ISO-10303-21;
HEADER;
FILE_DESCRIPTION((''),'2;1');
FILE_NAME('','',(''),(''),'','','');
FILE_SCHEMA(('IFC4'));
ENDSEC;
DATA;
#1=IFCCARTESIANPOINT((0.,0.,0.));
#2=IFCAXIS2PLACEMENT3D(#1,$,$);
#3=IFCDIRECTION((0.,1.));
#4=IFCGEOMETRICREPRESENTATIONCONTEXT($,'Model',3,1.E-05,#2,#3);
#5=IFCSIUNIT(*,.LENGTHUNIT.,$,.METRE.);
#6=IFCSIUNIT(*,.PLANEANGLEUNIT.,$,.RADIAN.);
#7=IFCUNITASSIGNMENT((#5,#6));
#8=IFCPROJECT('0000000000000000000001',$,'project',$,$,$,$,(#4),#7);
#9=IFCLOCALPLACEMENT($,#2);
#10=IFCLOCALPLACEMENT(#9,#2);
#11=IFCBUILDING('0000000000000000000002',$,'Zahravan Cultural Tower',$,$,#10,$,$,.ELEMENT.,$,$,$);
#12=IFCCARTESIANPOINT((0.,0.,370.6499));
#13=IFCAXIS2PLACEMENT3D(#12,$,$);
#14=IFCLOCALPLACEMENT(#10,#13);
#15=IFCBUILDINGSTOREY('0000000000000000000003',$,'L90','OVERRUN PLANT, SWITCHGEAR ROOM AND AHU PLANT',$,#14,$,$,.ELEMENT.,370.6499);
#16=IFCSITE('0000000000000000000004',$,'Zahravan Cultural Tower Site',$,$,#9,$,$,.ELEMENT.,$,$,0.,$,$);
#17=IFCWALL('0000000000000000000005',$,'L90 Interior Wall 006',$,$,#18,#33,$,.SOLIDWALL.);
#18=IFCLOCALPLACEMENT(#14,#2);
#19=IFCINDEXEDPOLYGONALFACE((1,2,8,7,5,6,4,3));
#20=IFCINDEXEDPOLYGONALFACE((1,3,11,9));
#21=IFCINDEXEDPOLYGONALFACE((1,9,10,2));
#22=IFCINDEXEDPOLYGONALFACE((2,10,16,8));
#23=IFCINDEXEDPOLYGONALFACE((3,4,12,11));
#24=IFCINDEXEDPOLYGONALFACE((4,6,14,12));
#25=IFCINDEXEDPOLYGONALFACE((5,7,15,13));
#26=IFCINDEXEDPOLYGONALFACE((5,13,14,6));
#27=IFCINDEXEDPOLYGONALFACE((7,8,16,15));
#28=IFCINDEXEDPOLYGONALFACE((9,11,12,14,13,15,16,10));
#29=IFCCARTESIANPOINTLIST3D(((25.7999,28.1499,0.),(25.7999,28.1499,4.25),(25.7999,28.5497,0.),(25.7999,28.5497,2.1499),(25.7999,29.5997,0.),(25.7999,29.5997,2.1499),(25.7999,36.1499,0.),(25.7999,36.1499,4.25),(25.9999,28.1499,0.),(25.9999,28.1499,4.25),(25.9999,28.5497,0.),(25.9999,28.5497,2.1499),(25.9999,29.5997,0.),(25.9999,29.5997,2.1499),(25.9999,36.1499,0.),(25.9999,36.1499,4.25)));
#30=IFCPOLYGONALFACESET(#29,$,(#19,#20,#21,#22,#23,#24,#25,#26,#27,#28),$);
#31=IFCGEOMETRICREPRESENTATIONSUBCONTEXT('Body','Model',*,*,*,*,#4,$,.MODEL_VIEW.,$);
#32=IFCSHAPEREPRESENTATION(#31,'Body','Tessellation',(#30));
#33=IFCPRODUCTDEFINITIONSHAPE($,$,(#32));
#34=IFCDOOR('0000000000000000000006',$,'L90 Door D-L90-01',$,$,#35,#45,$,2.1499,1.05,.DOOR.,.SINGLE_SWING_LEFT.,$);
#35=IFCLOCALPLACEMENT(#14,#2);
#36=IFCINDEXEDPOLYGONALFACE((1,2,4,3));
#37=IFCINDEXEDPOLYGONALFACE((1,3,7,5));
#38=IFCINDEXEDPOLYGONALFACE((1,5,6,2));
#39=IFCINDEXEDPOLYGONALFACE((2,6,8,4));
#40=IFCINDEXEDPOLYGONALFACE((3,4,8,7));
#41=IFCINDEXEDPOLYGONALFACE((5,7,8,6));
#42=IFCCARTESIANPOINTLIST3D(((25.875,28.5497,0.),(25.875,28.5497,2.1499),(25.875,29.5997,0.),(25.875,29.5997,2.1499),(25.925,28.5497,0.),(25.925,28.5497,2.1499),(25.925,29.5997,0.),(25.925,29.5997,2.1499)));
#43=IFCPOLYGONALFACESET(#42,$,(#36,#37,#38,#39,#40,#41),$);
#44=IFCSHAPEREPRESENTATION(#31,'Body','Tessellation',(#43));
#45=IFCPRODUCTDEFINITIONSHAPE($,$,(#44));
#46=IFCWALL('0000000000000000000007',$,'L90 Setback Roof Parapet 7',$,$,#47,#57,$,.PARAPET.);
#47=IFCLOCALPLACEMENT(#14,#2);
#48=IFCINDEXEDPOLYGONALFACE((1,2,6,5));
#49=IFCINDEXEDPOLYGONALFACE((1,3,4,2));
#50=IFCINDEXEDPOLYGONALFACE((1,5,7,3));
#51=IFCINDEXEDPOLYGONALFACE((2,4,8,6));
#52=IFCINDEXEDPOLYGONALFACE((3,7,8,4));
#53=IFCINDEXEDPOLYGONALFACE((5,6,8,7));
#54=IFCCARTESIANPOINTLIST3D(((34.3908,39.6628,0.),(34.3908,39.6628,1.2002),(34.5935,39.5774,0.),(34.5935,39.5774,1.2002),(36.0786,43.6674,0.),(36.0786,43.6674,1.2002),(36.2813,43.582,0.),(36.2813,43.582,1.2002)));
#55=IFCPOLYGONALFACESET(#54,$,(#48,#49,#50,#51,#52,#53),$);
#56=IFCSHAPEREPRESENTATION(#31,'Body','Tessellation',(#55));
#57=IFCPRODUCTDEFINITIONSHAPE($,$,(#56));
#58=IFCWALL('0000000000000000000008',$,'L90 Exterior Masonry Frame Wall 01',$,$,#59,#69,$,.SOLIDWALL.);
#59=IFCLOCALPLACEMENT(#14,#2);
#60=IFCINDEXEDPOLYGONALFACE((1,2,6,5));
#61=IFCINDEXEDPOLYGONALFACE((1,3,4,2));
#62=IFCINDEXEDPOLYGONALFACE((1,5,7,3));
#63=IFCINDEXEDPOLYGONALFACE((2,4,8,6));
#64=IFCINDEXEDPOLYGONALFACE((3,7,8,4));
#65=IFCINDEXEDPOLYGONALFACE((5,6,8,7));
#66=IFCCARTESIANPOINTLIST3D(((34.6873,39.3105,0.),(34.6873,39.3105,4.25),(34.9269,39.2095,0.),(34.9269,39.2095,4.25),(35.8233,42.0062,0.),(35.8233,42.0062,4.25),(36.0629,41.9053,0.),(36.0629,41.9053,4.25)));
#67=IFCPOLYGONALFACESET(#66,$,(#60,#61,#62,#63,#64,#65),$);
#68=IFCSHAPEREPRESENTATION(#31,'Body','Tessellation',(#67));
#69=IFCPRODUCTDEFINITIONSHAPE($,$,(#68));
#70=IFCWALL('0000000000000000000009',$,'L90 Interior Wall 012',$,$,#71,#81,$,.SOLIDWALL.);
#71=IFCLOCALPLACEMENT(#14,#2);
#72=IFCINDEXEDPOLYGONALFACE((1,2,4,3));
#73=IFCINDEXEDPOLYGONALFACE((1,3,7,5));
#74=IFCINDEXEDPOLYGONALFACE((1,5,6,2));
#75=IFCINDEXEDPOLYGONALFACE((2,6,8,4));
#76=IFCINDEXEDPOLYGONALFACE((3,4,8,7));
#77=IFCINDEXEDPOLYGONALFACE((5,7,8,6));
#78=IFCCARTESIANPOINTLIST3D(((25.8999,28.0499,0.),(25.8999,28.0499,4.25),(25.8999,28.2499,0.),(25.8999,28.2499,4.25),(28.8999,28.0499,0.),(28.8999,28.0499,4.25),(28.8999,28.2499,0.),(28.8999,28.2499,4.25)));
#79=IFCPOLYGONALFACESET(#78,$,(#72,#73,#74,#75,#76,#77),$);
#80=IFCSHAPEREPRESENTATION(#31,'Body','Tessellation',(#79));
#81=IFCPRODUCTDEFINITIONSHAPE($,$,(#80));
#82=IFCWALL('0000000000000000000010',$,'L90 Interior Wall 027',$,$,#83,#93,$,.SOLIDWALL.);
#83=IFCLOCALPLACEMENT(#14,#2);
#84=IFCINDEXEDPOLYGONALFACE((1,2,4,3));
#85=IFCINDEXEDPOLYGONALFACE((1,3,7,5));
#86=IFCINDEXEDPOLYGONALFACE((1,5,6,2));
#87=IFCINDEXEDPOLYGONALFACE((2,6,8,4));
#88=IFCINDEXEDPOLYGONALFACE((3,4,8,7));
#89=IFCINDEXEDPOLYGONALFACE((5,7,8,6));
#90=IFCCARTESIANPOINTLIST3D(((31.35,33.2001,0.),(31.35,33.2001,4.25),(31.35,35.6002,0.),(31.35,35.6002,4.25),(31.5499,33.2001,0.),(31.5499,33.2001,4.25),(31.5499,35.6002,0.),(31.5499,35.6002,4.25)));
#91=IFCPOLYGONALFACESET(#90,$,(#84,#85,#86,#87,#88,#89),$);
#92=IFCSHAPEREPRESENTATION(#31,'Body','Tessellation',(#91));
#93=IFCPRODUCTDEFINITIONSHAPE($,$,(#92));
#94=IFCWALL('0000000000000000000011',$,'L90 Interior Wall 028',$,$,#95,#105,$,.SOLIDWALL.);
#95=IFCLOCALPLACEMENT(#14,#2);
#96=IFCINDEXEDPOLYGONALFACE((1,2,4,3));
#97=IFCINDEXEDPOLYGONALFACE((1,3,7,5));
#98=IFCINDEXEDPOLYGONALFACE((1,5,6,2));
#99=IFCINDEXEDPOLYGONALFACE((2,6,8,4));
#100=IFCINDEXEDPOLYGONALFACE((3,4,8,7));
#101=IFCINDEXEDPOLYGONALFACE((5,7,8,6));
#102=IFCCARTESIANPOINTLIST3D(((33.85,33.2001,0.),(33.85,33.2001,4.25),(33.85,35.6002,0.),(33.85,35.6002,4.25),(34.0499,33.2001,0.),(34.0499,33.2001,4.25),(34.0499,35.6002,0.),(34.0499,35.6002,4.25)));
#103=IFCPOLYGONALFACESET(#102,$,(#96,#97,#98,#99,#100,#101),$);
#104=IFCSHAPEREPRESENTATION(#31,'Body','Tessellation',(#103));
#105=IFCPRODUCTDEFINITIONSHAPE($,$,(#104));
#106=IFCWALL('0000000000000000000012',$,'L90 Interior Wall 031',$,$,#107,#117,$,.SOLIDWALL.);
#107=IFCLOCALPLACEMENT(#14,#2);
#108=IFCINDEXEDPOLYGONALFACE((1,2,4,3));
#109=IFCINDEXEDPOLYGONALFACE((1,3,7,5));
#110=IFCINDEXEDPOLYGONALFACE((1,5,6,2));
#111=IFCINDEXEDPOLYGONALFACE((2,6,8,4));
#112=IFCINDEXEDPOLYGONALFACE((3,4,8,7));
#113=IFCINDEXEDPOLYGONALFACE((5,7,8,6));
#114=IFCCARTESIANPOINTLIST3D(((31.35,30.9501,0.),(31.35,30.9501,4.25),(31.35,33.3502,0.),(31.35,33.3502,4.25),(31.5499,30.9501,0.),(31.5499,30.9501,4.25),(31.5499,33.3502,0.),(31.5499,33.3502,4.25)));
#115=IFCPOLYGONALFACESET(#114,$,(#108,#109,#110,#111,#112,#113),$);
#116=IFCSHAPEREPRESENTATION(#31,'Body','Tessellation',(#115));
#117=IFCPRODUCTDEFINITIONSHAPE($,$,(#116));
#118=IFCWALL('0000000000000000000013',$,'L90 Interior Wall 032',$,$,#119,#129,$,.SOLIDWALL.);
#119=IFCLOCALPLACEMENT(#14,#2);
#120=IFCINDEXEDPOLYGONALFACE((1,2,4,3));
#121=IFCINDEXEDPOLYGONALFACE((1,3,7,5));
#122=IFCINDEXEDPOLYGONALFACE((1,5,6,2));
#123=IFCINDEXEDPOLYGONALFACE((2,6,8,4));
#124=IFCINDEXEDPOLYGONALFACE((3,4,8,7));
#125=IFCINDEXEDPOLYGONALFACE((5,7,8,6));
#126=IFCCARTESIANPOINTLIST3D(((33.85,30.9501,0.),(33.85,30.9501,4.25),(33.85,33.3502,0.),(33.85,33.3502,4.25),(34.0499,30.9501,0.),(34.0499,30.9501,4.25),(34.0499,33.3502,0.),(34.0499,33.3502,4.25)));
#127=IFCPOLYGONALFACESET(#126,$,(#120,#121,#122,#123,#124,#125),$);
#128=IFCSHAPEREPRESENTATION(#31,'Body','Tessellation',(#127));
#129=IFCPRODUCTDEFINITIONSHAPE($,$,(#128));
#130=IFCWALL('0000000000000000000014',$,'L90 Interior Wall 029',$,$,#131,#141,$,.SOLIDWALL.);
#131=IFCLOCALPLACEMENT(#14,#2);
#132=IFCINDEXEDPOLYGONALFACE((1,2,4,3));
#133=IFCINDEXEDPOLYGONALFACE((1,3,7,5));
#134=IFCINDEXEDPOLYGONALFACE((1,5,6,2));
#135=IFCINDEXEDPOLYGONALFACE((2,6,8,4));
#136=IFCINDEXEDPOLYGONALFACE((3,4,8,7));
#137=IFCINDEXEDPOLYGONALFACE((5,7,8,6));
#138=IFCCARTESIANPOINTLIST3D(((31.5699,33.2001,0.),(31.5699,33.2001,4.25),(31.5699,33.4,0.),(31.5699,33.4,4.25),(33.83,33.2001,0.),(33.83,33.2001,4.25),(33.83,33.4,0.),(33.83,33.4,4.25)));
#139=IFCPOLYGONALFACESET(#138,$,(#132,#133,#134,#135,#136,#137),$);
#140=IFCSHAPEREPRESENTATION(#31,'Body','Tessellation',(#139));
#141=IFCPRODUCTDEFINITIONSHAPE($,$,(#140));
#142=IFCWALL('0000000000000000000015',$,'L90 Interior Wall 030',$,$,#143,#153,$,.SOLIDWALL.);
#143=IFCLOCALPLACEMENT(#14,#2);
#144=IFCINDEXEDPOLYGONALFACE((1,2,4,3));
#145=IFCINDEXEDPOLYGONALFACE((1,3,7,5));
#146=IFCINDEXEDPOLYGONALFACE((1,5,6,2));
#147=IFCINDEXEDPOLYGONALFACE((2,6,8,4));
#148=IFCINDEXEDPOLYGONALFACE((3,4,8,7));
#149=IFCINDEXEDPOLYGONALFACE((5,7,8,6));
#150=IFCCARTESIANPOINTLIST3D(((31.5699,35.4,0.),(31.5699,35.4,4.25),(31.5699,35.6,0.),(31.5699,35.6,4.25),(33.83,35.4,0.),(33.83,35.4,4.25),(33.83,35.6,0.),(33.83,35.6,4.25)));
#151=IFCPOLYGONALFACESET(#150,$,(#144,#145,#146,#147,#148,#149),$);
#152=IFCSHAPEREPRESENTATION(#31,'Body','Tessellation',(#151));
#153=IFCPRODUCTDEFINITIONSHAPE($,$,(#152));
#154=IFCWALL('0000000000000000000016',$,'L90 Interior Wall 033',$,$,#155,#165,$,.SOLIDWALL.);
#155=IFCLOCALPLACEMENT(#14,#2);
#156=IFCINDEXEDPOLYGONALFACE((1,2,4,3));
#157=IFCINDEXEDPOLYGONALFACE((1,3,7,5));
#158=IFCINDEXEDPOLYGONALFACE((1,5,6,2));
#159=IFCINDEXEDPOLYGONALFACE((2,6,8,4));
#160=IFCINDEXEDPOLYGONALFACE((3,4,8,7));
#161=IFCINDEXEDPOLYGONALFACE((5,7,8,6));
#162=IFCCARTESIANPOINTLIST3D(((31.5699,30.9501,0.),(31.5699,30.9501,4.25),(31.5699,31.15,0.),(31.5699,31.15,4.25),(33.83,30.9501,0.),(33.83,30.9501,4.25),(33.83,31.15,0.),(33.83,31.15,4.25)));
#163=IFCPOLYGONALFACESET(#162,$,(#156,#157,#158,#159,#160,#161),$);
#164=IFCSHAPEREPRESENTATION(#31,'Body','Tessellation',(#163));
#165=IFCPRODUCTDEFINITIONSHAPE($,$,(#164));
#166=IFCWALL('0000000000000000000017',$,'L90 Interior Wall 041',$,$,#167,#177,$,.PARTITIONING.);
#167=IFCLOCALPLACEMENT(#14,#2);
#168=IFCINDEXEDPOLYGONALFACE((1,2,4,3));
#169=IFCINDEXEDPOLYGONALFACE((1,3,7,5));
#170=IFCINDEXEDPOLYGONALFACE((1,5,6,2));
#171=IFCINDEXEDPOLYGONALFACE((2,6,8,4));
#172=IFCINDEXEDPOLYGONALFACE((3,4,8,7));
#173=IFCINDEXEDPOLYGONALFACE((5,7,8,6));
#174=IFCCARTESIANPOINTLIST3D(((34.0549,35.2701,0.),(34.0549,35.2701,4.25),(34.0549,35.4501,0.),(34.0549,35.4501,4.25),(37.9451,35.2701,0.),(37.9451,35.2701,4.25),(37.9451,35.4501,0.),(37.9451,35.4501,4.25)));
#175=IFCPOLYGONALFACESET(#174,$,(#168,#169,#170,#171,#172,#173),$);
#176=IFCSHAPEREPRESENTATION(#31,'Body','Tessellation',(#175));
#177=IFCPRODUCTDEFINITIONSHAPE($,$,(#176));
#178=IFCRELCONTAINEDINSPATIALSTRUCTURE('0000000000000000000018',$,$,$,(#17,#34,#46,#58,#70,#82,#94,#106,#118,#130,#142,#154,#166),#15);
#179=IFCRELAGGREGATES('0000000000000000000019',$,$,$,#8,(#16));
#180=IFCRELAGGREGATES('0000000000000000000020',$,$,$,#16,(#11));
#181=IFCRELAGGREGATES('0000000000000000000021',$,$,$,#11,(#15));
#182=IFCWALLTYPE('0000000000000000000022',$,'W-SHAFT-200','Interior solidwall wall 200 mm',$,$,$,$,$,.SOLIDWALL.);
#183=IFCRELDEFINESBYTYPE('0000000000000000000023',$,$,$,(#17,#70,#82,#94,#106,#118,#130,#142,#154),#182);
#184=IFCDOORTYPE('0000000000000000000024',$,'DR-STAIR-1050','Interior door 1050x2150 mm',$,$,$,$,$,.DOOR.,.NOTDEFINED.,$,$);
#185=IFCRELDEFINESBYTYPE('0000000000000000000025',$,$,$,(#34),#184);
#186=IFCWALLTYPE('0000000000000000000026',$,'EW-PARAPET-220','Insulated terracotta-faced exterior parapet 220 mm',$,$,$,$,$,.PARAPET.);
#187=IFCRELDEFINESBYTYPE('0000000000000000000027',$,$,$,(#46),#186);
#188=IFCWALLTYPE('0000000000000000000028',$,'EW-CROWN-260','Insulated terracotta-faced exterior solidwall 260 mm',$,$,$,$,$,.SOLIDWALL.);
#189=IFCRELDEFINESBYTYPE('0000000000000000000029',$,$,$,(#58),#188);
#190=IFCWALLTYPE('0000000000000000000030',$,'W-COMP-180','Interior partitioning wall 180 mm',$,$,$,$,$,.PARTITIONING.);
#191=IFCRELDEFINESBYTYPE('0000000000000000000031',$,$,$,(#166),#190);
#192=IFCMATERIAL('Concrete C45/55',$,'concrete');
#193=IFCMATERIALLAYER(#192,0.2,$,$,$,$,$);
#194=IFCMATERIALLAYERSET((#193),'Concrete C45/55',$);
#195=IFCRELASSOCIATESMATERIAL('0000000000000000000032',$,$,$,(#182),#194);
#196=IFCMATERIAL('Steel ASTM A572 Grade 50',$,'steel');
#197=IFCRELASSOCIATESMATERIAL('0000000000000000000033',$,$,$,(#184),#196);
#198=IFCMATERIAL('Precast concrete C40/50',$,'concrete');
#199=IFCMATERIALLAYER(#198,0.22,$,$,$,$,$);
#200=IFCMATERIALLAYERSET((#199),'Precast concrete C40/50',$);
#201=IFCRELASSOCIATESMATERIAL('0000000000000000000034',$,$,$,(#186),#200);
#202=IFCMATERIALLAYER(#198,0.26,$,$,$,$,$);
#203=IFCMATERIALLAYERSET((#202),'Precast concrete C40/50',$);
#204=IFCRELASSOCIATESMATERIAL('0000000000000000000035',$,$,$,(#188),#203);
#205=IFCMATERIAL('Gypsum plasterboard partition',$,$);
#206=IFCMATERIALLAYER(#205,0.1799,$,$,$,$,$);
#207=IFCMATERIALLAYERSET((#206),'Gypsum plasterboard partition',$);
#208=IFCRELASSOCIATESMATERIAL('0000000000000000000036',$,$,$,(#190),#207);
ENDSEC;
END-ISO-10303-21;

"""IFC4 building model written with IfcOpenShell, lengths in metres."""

from ifc_helpers import new_model, si_unit, direction, frame, frame_2d, origin, place, context, subcontext, project, spatial, rectangle, extrude, source, transform, mapped, material, layer, layer_set, type_object, element, fill, save


model = new_model("IFC4")

# Units and contexts
model_context = context("Model", 3, precision=1e-05, world=origin(), true_north=direction((0.0, 1.0)))
body_context = subcontext(model_context, "Body", "Model", "MODEL_VIEW")
ifc_project = project(units=[si_unit("LENGTHUNIT", "METRE"), si_unit("PLANEANGLEUNIT", "RADIAN")], contexts=[model_context])

# Site, building, storey
site_placement = place(None, origin())
site = spatial("IfcSite", under=ifc_project, at=site_placement, Name="Zahravan Cultural Tower Site", CompositionType="ELEMENT", RefElevation=0.0)
building_placement = place(site_placement, origin())
building = spatial("IfcBuilding", under=site, at=building_placement, Name="Zahravan Cultural Tower", CompositionType="ELEMENT")
storey_placement = place(building_placement, frame((0.0, 0.0, 370.6499)))
storey = spatial("IfcBuildingStorey", under=building, at=storey_placement, Name="L90", Description="OVERRUN PLANT, SWITCHGEAR ROOM AND AHU PLANT", CompositionType="ELEMENT", Elevation=370.6499)

# Shared definitions
ifc_material_1 = material(Name="Concrete C45/55", Category="concrete")

# Wall, opening, door
ifc_material_2 = material(Name="Steel ASTM A572 Grade 50", Category="steel")
ifc_layer_1 = layer(ifc_material_1, 0.2)
ifc_layer_set_1 = layer_set([ifc_layer_1], Name="Concrete C45/55")
wall_type_1 = type_object("IfcWallType", Name="W-SHAFT-200", Description="Interior solidwall wall 200 mm", PredefinedType="SOLIDWALL", material=ifc_layer_set_1)
wall_1_placement = place(storey_placement, frame((25.8999, 28.1499, 0.0), z_axis=(0.0, 0.0, 1.0), x_axis=(0.0, 1.0, 0.0)))
wall_1 = element("IfcWall", 1, at=wall_1_placement, inside=storey, type_object=wall_type_1, Name="L90 Interior Wall 006", PredefinedType="SOLIDWALL", context=body_context, shape_type="SweptSolid", body=[
    extrude(rectangle(XDim=8.0, YDim=0.2, at=frame_2d((4.0, 0.0))), origin(), (0.0, 0.0, 1.0), 4.25),
])
opening_1_placement = place(wall_1_placement, frame((0.3999, 0.0, 0.0)))
opening_1 = element("IfcOpeningElement", 2, at=opening_1_placement, cuts=wall_1, PredefinedType="OPENING", context=body_context, shape_type="SweptSolid", body=[
    extrude(rectangle(XDim=1.05, YDim=2.1499, at=frame_2d((0.5249, 1.075))), frame((0.0, 0.1099, 0.0), z_axis=(0.0, -1.0, 0.0), x_axis=(1.0, 0.0, 0.0)), (0.0, 0.0, 1.0), 0.22),
])
door_type_1 = type_object("IfcDoorType", Name="DR-STAIR-1050", Description="Interior door 1050x2150 mm", OperationType="NOTDEFINED", PredefinedType="DOOR", material=ifc_material_2)
shared_shape_1 = source(origin(), body_context, "Body", "SweptSolid", [
    extrude(rectangle(XDim=1.05, YDim=2.1499, at=frame_2d((0.5249, 1.075))), frame((0.0, 0.0249, 0.0), z_axis=(0.0, -1.0, 0.0), x_axis=(1.0, 0.0, 0.0)), (0.0, 0.0, 1.0), 0.05),
])
door_1_placement = place(opening_1_placement, origin())
door_1 = element("IfcDoor", 3, at=door_1_placement, inside=storey, type_object=door_type_1, Name="L90 Door D-L90-01", OperationType="SINGLE_SWING_LEFT", OverallHeight=2.1499, OverallWidth=1.05, PredefinedType="DOOR", context=body_context, shape_type="MappedRepresentation", body=[
    mapped(shared_shape_1, transform((0.0, 0.0, 0.0), x_axis=(1.0, 0.0, 0.0), y_axis=(0.0, 1.0, 0.0), z_axis=(0.0, 0.0, 1.0), scale=1.0)),
])
fill(opening_1, door_1)

# Walls
ifc_material_3 = material(Name="Precast concrete C40/50", Category="concrete")
ifc_layer_2 = layer(ifc_material_3, 0.22)
ifc_layer_set_2 = layer_set([ifc_layer_2], Name="Precast concrete C40/50")
wall_type_2 = type_object("IfcWallType", Name="EW-PARAPET-220", Description="Insulated terracotta-faced exterior parapet 220 mm", PredefinedType="PARAPET", material=ifc_layer_set_2)
shared_shape_2 = source(origin(), body_context, "Body", "SweptSolid", [
    extrude(rectangle(XDim=4.3457, YDim=0.22, at=frame_2d((2.1729, 0.0))), origin(), (0.0, 0.0, 1.0), 1.2002),
])
wall_2_placement = place(storey_placement, frame((34.4922, 39.6201, 0.0), z_axis=(0.0, 0.0, 1.0), x_axis=(0.388366, 0.921505, 0.0)))
element("IfcWall", 4, at=wall_2_placement, inside=storey, type_object=wall_type_2, Name="L90 Setback Roof Parapet 7", PredefinedType="PARAPET", context=body_context, shape_type="MappedRepresentation", body=[
    mapped(shared_shape_2, transform((0.0, 0.0, 0.0), x_axis=(1.0, 0.0, 0.0), y_axis=(0.0, 1.0, 0.0), z_axis=(0.0, 0.0, 1.0), scale=1.0)),
])
ifc_layer_3 = layer(ifc_material_3, 0.26)
ifc_layer_set_3 = layer_set([ifc_layer_3], Name="Precast concrete C40/50")
wall_type_3 = type_object("IfcWallType", Name="EW-CROWN-260", Description="Insulated terracotta-faced exterior solidwall 260 mm", PredefinedType="SOLIDWALL", material=ifc_layer_set_3)
shared_shape_3 = source(origin(), body_context, "Body", "SweptSolid", [
    extrude(rectangle(XDim=2.9253, YDim=0.26, at=frame_2d((1.4626, 0.0))), origin(), (0.0, 0.0, 1.0), 4.25),
])
wall_3_placement = place(storey_placement, frame((34.8071, 39.26, 0.0), z_axis=(0.0, 0.0, 1.0), x_axis=(0.388322, 0.921524, 0.0)))
element("IfcWall", 5, at=wall_3_placement, inside=storey, type_object=wall_type_3, Name="L90 Exterior Masonry Frame Wall 01", PredefinedType="SOLIDWALL", context=body_context, shape_type="MappedRepresentation", body=[
    mapped(shared_shape_3, transform((0.0, 0.0, 0.0), x_axis=(1.0, 0.0, 0.0), y_axis=(0.0, 1.0, 0.0), z_axis=(0.0, 0.0, 1.0), scale=1.0)),
])
shared_shape_4 = source(origin(), body_context, "Body", "SweptSolid", [
    extrude(rectangle(XDim=3.0, YDim=0.2, at=frame_2d((1.5, 0.0))), origin(), (0.0, 0.0, 1.0), 4.25),
])
wall_4_placement = place(storey_placement, frame((25.8999, 28.1499, 0.0), z_axis=(0.0, 0.0, 1.0), x_axis=(1.0, 0.0, 0.0)))
element("IfcWall", 6, at=wall_4_placement, inside=storey, type_object=wall_type_1, Name="L90 Interior Wall 012", PredefinedType="SOLIDWALL", context=body_context, shape_type="MappedRepresentation", body=[
    mapped(shared_shape_4, transform((0.0, 0.0, 0.0), x_axis=(1.0, 0.0, 0.0), y_axis=(0.0, 1.0, 0.0), z_axis=(0.0, 0.0, 1.0), scale=1.0)),
])
shared_shape_5 = source(origin(), body_context, "Body", "SweptSolid", [
    extrude(rectangle(XDim=2.4001, YDim=0.2, at=frame_2d((1.2002, 0.0))), origin(), (0.0, 0.0, 1.0), 4.25),
])
for number, where, z_axis, x_axis, name in (
    (7, (31.45, 33.2, 0.0), (0.0, 0.0, 1.0), (0.0, 1.0, 0.0), "L90 Interior Wall 027"),
    (8, (33.95, 33.2, 0.0), (0.0, 0.0, 1.0), (0.0, 1.0, 0.0), "L90 Interior Wall 028"),
    (9, (31.45, 30.95, 0.0), (0.0, 0.0, 1.0), (0.0, 1.0, 0.0), "L90 Interior Wall 031"),
    (10, (33.95, 30.95, 0.0), (0.0, 0.0, 1.0), (0.0, 1.0, 0.0), "L90 Interior Wall 032"),
):
    element("IfcWall", number, at=place(storey_placement, frame(where, z_axis=z_axis, x_axis=x_axis)), inside=storey, type_object=wall_type_1, Name=name, PredefinedType="SOLIDWALL", context=body_context, shape_type="MappedRepresentation", body=[
        mapped(shared_shape_5, transform((0.0, 0.0, 0.0), x_axis=(1.0, 0.0, 0.0), y_axis=(0.0, 1.0, 0.0), z_axis=(0.0, 0.0, 1.0), scale=1.0)),
    ])
shared_shape_6 = source(origin(), body_context, "Body", "SweptSolid", [
    extrude(rectangle(XDim=2.26, YDim=0.2, at=frame_2d((1.1299, 0.0))), origin(), (0.0, 0.0, 1.0), 4.25),
])
for number, where, z_axis, x_axis, name in (
    (11, (31.5701, 33.3, 0.0), (0.0, 0.0, 1.0), (1.0, 0.0, 0.0), "L90 Interior Wall 029"),
    (12, (31.5701, 35.5, 0.0), (0.0, 0.0, 1.0), (1.0, 0.0, 0.0), "L90 Interior Wall 030"),
    (13, (31.5701, 31.05, 0.0), (0.0, 0.0, 1.0), (1.0, 0.0, 0.0), "L90 Interior Wall 033"),
):
    element("IfcWall", number, at=place(storey_placement, frame(where, z_axis=z_axis, x_axis=x_axis)), inside=storey, type_object=wall_type_1, Name=name, PredefinedType="SOLIDWALL", context=body_context, shape_type="MappedRepresentation", body=[
        mapped(shared_shape_6, transform((0.0, 0.0, 0.0), x_axis=(1.0, 0.0, 0.0), y_axis=(0.0, 1.0, 0.0), z_axis=(0.0, 0.0, 1.0), scale=1.0)),
    ])
ifc_material_4 = material(Name="Gypsum plasterboard partition")
ifc_layer_4 = layer(ifc_material_4, 0.1799)
ifc_layer_set_4 = layer_set([ifc_layer_4], Name="Gypsum plasterboard partition")
wall_type_4 = type_object("IfcWallType", Name="W-COMP-180", Description="Interior partitioning wall 180 mm", PredefinedType="PARTITIONING", material=ifc_layer_set_4)
shared_shape_7 = source(origin(), body_context, "Body", "SweptSolid", [
    extrude(rectangle(XDim=3.8901, YDim=0.1799, at=frame_2d((1.9451, 0.0))), origin(), (0.0, 0.0, 1.0), 4.25),
])
wall_5_placement = place(storey_placement, frame((34.0549, 35.3601, 0.0), z_axis=(0.0, 0.0, 1.0), x_axis=(1.0, 0.0, 0.0)))
element("IfcWall", 14, at=wall_5_placement, inside=storey, type_object=wall_type_4, Name="L90 Interior Wall 041", PredefinedType="PARTITIONING", context=body_context, shape_type="MappedRepresentation", body=[
    mapped(shared_shape_7, transform((0.0, 0.0, 0.0), x_axis=(1.0, 0.0, 0.0), y_axis=(0.0, 1.0, 0.0), z_axis=(0.0, 0.0, 1.0), scale=1.0)),
])

save(model, "model.ifc")
